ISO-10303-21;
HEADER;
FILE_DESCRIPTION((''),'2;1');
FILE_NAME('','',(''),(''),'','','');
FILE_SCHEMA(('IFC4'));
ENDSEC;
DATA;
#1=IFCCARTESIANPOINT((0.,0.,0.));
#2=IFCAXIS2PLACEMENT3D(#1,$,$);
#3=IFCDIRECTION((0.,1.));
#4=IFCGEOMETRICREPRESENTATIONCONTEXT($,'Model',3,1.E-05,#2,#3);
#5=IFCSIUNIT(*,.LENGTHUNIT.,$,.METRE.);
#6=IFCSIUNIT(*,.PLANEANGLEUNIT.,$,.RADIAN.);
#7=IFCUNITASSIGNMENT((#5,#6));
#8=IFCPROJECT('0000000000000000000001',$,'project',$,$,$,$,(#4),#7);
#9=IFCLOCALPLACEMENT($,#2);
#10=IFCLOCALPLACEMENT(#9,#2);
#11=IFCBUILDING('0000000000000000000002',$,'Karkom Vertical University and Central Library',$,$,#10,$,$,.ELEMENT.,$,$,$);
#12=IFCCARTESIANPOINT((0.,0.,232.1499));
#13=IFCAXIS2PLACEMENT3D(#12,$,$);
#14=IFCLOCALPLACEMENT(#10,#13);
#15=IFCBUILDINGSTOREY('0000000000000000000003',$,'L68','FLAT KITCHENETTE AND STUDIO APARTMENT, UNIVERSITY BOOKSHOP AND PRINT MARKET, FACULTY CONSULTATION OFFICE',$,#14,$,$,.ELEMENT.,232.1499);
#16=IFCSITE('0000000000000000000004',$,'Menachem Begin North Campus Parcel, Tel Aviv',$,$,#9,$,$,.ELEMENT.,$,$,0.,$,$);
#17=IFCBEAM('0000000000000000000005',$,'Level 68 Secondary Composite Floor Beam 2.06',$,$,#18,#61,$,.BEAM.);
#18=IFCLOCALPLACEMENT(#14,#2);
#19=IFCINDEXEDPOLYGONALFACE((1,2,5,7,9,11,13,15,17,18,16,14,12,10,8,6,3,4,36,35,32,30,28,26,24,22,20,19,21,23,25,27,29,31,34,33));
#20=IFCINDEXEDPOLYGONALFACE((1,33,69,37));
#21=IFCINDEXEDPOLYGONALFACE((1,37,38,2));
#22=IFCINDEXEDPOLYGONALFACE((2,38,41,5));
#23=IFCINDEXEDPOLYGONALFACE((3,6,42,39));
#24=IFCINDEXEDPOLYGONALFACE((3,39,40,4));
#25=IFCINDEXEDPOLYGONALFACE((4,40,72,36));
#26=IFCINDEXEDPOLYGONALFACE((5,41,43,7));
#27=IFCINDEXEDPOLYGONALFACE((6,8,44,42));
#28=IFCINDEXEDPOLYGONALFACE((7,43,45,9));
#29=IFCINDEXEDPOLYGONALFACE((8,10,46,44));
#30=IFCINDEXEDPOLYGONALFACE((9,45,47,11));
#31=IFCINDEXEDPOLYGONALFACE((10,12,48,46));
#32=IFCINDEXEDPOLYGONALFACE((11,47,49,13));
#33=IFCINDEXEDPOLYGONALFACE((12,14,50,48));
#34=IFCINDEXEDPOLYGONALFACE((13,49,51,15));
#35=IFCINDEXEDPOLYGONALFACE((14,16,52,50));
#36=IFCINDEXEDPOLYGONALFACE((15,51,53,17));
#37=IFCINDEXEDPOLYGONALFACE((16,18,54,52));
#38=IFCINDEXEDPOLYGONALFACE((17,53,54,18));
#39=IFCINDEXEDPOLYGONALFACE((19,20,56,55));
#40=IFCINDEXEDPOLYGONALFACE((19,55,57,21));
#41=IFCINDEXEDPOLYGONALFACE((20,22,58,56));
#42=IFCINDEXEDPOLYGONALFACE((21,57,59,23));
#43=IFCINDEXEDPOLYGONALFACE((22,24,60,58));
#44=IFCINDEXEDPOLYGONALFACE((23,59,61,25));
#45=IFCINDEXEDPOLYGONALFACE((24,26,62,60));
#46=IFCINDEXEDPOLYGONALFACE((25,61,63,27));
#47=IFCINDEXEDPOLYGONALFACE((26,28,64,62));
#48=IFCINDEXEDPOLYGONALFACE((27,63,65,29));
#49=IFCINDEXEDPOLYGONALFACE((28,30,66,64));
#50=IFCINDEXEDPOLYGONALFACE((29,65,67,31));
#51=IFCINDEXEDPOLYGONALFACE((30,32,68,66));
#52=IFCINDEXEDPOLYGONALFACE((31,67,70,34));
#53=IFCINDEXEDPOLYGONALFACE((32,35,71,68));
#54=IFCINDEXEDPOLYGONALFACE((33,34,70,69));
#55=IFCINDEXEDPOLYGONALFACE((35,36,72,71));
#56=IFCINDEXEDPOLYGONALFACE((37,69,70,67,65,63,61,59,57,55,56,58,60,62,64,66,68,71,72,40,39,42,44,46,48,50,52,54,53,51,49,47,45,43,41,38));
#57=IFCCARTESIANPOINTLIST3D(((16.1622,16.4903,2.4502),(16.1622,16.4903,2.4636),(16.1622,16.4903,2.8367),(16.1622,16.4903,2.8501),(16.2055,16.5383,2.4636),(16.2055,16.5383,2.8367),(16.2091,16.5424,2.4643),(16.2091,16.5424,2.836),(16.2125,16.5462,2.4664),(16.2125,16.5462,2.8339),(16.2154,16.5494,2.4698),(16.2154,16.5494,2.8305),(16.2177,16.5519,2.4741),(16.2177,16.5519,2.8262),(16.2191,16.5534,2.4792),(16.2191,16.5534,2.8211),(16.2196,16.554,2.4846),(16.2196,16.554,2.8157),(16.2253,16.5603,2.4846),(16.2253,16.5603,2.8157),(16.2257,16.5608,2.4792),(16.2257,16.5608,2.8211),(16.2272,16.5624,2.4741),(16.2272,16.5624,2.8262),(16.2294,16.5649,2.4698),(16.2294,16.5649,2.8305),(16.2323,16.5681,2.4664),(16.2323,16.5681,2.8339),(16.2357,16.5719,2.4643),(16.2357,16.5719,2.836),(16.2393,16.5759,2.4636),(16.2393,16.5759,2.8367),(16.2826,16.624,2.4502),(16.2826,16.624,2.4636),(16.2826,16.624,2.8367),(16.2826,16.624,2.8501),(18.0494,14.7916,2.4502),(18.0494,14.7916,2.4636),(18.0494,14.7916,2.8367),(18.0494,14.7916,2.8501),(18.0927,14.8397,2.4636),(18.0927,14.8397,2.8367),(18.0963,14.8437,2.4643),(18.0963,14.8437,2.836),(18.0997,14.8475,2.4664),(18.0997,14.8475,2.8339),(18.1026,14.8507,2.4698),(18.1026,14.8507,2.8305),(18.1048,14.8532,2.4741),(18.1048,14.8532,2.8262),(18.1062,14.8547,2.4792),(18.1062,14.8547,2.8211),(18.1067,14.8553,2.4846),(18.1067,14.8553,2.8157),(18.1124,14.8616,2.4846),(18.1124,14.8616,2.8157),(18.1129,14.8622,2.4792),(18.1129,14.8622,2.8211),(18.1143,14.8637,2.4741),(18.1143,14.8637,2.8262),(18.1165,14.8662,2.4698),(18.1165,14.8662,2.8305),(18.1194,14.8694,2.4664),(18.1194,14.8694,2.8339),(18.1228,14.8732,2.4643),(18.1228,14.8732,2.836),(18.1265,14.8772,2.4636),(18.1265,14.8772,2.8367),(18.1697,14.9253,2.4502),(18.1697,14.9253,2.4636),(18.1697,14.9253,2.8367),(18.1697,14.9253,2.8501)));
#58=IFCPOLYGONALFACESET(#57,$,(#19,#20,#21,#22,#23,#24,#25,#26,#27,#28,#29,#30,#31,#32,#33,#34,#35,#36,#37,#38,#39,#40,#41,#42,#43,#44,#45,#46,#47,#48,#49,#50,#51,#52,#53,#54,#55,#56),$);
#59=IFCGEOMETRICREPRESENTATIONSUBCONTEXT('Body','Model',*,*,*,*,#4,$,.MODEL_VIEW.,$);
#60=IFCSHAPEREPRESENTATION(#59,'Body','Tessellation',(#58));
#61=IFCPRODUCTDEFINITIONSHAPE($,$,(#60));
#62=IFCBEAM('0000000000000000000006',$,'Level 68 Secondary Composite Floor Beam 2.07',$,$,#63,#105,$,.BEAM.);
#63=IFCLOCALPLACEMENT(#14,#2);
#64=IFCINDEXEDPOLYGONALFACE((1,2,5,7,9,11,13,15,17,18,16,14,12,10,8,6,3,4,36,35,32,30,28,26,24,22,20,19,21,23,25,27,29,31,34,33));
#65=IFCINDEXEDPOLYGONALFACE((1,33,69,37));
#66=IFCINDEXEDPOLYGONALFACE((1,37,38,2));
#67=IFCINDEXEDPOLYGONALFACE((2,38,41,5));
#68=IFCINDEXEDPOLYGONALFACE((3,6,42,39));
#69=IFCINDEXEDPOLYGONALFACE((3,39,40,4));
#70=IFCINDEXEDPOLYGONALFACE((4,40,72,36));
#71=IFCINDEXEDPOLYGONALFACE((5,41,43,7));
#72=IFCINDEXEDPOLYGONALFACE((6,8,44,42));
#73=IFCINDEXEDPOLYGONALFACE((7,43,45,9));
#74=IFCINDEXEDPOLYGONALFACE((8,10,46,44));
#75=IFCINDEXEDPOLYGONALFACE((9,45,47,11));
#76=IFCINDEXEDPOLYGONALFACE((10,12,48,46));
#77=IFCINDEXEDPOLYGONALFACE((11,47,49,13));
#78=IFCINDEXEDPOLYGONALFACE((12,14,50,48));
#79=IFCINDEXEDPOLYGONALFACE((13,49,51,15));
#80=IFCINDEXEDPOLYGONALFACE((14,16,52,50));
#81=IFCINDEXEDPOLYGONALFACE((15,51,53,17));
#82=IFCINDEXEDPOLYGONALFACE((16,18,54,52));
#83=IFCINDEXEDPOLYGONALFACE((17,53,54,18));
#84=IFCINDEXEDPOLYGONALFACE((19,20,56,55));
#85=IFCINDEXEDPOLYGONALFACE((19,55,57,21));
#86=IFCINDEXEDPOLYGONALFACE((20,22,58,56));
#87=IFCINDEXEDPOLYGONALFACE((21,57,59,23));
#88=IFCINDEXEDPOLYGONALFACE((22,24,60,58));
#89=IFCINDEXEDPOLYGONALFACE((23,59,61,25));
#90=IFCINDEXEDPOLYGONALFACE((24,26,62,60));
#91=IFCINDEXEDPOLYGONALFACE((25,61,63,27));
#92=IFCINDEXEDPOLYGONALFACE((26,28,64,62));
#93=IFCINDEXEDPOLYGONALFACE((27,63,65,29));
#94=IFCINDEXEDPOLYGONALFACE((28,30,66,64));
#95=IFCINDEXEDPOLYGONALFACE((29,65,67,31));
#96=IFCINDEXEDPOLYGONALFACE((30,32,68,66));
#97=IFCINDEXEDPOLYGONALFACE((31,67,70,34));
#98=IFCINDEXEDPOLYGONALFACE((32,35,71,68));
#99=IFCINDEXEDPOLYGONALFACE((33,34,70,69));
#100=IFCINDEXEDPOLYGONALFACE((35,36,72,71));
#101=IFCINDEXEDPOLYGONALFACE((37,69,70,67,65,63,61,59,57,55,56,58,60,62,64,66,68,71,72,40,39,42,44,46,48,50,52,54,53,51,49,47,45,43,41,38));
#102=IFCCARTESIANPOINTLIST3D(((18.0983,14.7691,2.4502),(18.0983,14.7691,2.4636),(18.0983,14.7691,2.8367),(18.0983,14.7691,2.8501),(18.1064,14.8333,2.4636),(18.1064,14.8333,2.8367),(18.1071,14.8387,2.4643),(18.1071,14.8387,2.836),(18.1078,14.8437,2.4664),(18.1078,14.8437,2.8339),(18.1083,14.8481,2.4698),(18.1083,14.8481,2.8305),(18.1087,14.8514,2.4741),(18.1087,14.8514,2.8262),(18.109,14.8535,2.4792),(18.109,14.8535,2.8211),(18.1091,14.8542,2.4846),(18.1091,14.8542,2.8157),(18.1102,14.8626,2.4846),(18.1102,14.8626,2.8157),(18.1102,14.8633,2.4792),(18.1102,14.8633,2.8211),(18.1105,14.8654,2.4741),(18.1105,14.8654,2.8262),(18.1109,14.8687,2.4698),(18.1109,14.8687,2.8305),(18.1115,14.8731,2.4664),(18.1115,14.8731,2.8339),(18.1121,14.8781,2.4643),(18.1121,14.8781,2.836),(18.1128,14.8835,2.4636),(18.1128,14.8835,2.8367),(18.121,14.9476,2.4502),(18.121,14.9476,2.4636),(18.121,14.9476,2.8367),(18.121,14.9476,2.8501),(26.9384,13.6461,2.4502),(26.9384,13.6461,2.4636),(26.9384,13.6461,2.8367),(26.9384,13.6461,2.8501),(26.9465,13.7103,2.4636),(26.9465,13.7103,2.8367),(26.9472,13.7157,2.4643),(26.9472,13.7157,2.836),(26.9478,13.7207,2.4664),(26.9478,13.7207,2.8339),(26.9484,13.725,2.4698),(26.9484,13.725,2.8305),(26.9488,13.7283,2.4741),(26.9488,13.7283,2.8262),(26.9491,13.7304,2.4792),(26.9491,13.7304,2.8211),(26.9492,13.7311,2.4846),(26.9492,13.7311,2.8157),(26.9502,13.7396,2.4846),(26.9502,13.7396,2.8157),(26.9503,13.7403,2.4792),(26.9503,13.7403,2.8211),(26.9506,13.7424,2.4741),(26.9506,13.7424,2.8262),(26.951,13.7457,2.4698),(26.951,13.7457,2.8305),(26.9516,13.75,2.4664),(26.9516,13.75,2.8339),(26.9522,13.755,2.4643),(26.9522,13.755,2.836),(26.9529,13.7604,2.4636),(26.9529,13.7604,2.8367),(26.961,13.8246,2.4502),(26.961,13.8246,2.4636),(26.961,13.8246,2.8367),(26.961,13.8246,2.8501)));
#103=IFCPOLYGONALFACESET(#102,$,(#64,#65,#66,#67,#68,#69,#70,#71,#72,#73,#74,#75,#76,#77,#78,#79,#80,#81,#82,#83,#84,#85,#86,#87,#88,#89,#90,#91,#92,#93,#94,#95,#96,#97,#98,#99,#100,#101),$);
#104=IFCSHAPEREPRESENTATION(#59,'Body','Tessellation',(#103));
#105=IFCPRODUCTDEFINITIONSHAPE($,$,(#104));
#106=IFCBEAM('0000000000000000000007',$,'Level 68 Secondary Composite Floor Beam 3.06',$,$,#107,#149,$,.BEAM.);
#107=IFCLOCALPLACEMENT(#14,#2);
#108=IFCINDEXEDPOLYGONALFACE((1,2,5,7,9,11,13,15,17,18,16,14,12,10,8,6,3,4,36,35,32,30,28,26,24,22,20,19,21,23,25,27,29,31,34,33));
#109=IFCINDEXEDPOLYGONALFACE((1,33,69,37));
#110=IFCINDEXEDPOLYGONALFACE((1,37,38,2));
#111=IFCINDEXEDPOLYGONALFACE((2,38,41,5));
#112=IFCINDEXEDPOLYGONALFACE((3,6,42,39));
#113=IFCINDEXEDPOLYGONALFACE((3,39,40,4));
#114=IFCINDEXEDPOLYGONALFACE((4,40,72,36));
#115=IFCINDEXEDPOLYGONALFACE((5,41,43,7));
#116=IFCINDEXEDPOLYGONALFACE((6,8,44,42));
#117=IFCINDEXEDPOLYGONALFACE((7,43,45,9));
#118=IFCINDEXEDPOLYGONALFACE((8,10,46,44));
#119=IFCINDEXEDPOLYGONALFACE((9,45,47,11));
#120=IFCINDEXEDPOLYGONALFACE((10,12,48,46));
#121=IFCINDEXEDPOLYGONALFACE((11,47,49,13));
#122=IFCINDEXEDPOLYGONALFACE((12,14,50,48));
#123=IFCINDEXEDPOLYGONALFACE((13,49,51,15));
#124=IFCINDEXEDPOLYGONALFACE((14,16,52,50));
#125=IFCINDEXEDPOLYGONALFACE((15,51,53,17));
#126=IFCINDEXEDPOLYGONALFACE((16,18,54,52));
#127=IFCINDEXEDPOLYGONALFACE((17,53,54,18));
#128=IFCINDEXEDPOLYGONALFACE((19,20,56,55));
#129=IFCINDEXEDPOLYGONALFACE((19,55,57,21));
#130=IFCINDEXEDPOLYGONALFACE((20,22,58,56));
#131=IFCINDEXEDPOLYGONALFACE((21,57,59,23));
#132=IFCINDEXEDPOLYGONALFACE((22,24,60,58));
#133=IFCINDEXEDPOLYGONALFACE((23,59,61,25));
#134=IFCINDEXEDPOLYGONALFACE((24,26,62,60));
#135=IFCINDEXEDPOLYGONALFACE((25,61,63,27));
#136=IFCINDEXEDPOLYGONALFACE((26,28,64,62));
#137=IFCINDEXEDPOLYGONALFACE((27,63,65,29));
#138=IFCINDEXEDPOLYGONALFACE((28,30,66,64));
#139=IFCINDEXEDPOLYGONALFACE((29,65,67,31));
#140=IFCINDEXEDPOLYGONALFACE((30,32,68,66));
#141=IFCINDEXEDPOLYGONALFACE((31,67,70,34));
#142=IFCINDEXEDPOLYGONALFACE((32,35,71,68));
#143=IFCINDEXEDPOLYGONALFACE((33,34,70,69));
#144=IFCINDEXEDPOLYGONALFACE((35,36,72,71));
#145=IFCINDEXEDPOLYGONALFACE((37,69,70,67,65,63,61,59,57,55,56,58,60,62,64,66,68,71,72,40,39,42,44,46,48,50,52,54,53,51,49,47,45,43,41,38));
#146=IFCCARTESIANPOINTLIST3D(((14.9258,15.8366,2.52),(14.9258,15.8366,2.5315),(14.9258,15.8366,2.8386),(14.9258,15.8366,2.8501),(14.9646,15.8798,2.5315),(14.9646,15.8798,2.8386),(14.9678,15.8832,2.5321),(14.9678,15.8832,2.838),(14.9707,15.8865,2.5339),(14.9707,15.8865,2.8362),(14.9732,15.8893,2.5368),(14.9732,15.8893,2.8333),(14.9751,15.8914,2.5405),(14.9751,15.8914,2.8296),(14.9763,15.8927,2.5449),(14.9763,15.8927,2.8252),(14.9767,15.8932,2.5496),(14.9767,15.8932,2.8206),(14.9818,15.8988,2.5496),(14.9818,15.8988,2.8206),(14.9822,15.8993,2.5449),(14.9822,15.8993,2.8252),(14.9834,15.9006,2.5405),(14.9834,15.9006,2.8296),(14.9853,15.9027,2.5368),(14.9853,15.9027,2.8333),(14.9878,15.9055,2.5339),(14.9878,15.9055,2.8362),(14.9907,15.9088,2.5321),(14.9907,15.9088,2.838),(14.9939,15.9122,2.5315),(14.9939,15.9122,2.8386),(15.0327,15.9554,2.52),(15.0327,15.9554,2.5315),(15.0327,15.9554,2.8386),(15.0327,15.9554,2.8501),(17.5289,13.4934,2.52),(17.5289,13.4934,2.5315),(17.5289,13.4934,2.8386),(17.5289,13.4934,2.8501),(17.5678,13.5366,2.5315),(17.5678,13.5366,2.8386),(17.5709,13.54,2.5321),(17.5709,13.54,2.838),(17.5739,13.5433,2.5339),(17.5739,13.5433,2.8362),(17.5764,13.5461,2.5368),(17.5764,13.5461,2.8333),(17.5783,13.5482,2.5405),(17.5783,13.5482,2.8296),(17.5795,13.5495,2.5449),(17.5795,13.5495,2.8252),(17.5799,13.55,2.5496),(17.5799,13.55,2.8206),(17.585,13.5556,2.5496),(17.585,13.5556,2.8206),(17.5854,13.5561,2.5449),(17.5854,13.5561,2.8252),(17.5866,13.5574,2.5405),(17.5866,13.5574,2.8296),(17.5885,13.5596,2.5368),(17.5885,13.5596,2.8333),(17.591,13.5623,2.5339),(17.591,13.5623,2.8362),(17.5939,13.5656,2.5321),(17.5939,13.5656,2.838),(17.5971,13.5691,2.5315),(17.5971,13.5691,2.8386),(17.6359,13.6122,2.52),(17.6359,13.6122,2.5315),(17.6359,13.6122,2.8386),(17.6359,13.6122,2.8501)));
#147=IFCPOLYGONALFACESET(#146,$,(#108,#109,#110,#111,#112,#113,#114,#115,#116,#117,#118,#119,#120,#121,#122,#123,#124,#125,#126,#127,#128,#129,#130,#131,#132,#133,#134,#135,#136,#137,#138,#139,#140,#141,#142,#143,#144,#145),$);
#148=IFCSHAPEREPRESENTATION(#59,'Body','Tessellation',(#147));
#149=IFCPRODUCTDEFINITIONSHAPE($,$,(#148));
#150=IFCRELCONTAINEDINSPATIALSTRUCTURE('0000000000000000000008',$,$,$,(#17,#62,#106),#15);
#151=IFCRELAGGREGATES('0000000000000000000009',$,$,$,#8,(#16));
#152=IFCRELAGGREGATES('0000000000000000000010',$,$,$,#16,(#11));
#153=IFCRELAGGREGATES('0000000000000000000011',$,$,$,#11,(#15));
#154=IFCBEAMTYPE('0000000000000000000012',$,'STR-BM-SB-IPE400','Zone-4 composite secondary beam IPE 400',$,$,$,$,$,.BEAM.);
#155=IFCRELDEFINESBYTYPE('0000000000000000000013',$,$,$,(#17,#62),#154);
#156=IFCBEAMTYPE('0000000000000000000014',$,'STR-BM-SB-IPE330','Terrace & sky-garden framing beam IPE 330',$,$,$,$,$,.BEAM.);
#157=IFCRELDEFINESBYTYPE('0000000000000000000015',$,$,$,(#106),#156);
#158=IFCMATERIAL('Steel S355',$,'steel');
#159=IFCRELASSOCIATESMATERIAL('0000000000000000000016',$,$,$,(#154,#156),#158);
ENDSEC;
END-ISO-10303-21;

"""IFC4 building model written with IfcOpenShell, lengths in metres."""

from ifc_helpers import new_model, si_unit, direction, frame, origin, origin_with_axes, origin_2d, place, context, subcontext, project, spatial, i_section, extrude, source, transform, mapped, material, material_profile, profile_set, type_object, element, save


model = new_model("IFC4")

# Units and contexts
model_context = context("Model", 3, precision=1e-05, world=origin(), true_north=direction((0.0, 1.0)))
body_context = subcontext(model_context, "Body", "Model", "MODEL_VIEW")
ifc_project = project(units=[si_unit("LENGTHUNIT", "METRE"), si_unit("PLANEANGLEUNIT", "RADIAN")], contexts=[model_context])

# Site, building, storey
site_placement = place(None, origin())
site = spatial("IfcSite", under=ifc_project, at=site_placement, Name="Menachem Begin North Campus Parcel, Tel Aviv", CompositionType="ELEMENT", RefElevation=0.0)
building_placement = place(site_placement, origin())
building = spatial("IfcBuilding", under=site, at=building_placement, Name="Karkom Vertical University and Central Library", CompositionType="ELEMENT")
storey_placement = place(building_placement, frame((0.0, 0.0, 232.1499)))
storey = spatial("IfcBuildingStorey", under=building, at=storey_placement, Name="L68", Description="FLAT KITCHENETTE AND STUDIO APARTMENT, UNIVERSITY BOOKSHOP AND PRINT MARKET, FACULTY CONSULTATION OFFICE", CompositionType="ELEMENT", Elevation=232.1499)

# Beams
ifc_material_1 = material(Name="Steel S355", Category="steel")
ifc_material_profile_1 = material_profile(ifc_material_1, i_section(OverallWidth=0.1799, OverallDepth=0.3999, WebThickness=0.0085, FlangeThickness=0.0134, FilletRadius=0.021, at=origin_2d()), Name="IPE 400")
ifc_profile_set_1 = profile_set([ifc_material_profile_1], Name="Steel S355")
beam_type_1 = type_object("IfcBeamType", Name="STR-BM-SB-IPE400", Description="Zone-4 composite secondary beam IPE 400", PredefinedType="BEAM", material=ifc_profile_set_1)
shared_shape_1 = source(origin_with_axes(), body_context, "Body", "SweptSolid", [
    extrude(i_section(OverallWidth=0.1799, OverallDepth=0.3999, WebThickness=0.0085, FlangeThickness=0.0134, FilletRadius=0.021, at=origin_2d()), origin(), (0.0, 0.0, 1.0), 2.5391),
])
beam_1_placement = place(storey_placement, frame((16.2224, 16.5571, 2.6501), z_axis=(0.743246, -0.669018, 0.0), x_axis=(0.669018, 0.743246, 0.0)))
element("IfcBeam", 1, at=beam_1_placement, inside=storey, type_object=beam_type_1, Name="Level 68 Secondary Composite Floor Beam 2.06", PredefinedType="BEAM", context=body_context, shape_type="MappedRepresentation", body=[
    mapped(shared_shape_1, transform((0.0, 0.0, 0.0), scale=1.0)),
])
shared_shape_2 = source(origin_with_axes(), body_context, "Body", "SweptSolid", [
    extrude(i_section(OverallWidth=0.1799, OverallDepth=0.3999, WebThickness=0.0085, FlangeThickness=0.0134, FilletRadius=0.021, at=origin_2d()), origin(), (0.0, 0.0, 1.0), 8.9111),
])
beam_2_placement = place(storey_placement, frame((18.1096, 14.8584, 2.6501), z_axis=(0.992027, -0.126027, 0.0), x_axis=(0.126027, 0.992027, 0.0)))
element("IfcBeam", 2, at=beam_2_placement, inside=storey, type_object=beam_type_1, Name="Level 68 Secondary Composite Floor Beam 2.07", PredefinedType="BEAM", context=body_context, shape_type="MappedRepresentation", body=[
    mapped(shared_shape_2, transform((0.0, 0.0, 0.0), scale=1.0)),
])
ifc_material_profile_2 = material_profile(ifc_material_1, i_section(OverallWidth=0.1599, OverallDepth=0.3301, WebThickness=0.0076, FlangeThickness=0.0115, FilletRadius=0.0181, at=origin_2d()), Name="IPE 330")
ifc_profile_set_2 = profile_set([ifc_material_profile_2], Name="Steel S355")
beam_type_2 = type_object("IfcBeamType", Name="STR-BM-SB-IPE330", Description="Terrace & sky-garden framing beam IPE 330", PredefinedType="BEAM", material=ifc_profile_set_2)
shared_shape_3 = source(origin_with_axes(), body_context, "Body", "SweptSolid", [
    extrude(i_section(OverallWidth=0.1599, OverallDepth=0.3301, WebThickness=0.0076, FlangeThickness=0.0115, FilletRadius=0.0181, at=origin_2d()), origin(), (0.0, 0.0, 1.0), 3.5024),
])
beam_3_placement = place(storey_placement, frame((14.9792, 15.896, 2.6851), z_axis=(0.743249, -0.669015, 0.0), x_axis=(0.669015, 0.743249, 0.0)))
element("IfcBeam", 3, at=beam_3_placement, inside=storey, type_object=beam_type_2, Name="Level 68 Secondary Composite Floor Beam 3.06", PredefinedType="BEAM", context=body_context, shape_type="MappedRepresentation", body=[
    mapped(shared_shape_3, transform((0.0, 0.0, 0.0), scale=1.0)),
])

save(model, "model.ifc")
